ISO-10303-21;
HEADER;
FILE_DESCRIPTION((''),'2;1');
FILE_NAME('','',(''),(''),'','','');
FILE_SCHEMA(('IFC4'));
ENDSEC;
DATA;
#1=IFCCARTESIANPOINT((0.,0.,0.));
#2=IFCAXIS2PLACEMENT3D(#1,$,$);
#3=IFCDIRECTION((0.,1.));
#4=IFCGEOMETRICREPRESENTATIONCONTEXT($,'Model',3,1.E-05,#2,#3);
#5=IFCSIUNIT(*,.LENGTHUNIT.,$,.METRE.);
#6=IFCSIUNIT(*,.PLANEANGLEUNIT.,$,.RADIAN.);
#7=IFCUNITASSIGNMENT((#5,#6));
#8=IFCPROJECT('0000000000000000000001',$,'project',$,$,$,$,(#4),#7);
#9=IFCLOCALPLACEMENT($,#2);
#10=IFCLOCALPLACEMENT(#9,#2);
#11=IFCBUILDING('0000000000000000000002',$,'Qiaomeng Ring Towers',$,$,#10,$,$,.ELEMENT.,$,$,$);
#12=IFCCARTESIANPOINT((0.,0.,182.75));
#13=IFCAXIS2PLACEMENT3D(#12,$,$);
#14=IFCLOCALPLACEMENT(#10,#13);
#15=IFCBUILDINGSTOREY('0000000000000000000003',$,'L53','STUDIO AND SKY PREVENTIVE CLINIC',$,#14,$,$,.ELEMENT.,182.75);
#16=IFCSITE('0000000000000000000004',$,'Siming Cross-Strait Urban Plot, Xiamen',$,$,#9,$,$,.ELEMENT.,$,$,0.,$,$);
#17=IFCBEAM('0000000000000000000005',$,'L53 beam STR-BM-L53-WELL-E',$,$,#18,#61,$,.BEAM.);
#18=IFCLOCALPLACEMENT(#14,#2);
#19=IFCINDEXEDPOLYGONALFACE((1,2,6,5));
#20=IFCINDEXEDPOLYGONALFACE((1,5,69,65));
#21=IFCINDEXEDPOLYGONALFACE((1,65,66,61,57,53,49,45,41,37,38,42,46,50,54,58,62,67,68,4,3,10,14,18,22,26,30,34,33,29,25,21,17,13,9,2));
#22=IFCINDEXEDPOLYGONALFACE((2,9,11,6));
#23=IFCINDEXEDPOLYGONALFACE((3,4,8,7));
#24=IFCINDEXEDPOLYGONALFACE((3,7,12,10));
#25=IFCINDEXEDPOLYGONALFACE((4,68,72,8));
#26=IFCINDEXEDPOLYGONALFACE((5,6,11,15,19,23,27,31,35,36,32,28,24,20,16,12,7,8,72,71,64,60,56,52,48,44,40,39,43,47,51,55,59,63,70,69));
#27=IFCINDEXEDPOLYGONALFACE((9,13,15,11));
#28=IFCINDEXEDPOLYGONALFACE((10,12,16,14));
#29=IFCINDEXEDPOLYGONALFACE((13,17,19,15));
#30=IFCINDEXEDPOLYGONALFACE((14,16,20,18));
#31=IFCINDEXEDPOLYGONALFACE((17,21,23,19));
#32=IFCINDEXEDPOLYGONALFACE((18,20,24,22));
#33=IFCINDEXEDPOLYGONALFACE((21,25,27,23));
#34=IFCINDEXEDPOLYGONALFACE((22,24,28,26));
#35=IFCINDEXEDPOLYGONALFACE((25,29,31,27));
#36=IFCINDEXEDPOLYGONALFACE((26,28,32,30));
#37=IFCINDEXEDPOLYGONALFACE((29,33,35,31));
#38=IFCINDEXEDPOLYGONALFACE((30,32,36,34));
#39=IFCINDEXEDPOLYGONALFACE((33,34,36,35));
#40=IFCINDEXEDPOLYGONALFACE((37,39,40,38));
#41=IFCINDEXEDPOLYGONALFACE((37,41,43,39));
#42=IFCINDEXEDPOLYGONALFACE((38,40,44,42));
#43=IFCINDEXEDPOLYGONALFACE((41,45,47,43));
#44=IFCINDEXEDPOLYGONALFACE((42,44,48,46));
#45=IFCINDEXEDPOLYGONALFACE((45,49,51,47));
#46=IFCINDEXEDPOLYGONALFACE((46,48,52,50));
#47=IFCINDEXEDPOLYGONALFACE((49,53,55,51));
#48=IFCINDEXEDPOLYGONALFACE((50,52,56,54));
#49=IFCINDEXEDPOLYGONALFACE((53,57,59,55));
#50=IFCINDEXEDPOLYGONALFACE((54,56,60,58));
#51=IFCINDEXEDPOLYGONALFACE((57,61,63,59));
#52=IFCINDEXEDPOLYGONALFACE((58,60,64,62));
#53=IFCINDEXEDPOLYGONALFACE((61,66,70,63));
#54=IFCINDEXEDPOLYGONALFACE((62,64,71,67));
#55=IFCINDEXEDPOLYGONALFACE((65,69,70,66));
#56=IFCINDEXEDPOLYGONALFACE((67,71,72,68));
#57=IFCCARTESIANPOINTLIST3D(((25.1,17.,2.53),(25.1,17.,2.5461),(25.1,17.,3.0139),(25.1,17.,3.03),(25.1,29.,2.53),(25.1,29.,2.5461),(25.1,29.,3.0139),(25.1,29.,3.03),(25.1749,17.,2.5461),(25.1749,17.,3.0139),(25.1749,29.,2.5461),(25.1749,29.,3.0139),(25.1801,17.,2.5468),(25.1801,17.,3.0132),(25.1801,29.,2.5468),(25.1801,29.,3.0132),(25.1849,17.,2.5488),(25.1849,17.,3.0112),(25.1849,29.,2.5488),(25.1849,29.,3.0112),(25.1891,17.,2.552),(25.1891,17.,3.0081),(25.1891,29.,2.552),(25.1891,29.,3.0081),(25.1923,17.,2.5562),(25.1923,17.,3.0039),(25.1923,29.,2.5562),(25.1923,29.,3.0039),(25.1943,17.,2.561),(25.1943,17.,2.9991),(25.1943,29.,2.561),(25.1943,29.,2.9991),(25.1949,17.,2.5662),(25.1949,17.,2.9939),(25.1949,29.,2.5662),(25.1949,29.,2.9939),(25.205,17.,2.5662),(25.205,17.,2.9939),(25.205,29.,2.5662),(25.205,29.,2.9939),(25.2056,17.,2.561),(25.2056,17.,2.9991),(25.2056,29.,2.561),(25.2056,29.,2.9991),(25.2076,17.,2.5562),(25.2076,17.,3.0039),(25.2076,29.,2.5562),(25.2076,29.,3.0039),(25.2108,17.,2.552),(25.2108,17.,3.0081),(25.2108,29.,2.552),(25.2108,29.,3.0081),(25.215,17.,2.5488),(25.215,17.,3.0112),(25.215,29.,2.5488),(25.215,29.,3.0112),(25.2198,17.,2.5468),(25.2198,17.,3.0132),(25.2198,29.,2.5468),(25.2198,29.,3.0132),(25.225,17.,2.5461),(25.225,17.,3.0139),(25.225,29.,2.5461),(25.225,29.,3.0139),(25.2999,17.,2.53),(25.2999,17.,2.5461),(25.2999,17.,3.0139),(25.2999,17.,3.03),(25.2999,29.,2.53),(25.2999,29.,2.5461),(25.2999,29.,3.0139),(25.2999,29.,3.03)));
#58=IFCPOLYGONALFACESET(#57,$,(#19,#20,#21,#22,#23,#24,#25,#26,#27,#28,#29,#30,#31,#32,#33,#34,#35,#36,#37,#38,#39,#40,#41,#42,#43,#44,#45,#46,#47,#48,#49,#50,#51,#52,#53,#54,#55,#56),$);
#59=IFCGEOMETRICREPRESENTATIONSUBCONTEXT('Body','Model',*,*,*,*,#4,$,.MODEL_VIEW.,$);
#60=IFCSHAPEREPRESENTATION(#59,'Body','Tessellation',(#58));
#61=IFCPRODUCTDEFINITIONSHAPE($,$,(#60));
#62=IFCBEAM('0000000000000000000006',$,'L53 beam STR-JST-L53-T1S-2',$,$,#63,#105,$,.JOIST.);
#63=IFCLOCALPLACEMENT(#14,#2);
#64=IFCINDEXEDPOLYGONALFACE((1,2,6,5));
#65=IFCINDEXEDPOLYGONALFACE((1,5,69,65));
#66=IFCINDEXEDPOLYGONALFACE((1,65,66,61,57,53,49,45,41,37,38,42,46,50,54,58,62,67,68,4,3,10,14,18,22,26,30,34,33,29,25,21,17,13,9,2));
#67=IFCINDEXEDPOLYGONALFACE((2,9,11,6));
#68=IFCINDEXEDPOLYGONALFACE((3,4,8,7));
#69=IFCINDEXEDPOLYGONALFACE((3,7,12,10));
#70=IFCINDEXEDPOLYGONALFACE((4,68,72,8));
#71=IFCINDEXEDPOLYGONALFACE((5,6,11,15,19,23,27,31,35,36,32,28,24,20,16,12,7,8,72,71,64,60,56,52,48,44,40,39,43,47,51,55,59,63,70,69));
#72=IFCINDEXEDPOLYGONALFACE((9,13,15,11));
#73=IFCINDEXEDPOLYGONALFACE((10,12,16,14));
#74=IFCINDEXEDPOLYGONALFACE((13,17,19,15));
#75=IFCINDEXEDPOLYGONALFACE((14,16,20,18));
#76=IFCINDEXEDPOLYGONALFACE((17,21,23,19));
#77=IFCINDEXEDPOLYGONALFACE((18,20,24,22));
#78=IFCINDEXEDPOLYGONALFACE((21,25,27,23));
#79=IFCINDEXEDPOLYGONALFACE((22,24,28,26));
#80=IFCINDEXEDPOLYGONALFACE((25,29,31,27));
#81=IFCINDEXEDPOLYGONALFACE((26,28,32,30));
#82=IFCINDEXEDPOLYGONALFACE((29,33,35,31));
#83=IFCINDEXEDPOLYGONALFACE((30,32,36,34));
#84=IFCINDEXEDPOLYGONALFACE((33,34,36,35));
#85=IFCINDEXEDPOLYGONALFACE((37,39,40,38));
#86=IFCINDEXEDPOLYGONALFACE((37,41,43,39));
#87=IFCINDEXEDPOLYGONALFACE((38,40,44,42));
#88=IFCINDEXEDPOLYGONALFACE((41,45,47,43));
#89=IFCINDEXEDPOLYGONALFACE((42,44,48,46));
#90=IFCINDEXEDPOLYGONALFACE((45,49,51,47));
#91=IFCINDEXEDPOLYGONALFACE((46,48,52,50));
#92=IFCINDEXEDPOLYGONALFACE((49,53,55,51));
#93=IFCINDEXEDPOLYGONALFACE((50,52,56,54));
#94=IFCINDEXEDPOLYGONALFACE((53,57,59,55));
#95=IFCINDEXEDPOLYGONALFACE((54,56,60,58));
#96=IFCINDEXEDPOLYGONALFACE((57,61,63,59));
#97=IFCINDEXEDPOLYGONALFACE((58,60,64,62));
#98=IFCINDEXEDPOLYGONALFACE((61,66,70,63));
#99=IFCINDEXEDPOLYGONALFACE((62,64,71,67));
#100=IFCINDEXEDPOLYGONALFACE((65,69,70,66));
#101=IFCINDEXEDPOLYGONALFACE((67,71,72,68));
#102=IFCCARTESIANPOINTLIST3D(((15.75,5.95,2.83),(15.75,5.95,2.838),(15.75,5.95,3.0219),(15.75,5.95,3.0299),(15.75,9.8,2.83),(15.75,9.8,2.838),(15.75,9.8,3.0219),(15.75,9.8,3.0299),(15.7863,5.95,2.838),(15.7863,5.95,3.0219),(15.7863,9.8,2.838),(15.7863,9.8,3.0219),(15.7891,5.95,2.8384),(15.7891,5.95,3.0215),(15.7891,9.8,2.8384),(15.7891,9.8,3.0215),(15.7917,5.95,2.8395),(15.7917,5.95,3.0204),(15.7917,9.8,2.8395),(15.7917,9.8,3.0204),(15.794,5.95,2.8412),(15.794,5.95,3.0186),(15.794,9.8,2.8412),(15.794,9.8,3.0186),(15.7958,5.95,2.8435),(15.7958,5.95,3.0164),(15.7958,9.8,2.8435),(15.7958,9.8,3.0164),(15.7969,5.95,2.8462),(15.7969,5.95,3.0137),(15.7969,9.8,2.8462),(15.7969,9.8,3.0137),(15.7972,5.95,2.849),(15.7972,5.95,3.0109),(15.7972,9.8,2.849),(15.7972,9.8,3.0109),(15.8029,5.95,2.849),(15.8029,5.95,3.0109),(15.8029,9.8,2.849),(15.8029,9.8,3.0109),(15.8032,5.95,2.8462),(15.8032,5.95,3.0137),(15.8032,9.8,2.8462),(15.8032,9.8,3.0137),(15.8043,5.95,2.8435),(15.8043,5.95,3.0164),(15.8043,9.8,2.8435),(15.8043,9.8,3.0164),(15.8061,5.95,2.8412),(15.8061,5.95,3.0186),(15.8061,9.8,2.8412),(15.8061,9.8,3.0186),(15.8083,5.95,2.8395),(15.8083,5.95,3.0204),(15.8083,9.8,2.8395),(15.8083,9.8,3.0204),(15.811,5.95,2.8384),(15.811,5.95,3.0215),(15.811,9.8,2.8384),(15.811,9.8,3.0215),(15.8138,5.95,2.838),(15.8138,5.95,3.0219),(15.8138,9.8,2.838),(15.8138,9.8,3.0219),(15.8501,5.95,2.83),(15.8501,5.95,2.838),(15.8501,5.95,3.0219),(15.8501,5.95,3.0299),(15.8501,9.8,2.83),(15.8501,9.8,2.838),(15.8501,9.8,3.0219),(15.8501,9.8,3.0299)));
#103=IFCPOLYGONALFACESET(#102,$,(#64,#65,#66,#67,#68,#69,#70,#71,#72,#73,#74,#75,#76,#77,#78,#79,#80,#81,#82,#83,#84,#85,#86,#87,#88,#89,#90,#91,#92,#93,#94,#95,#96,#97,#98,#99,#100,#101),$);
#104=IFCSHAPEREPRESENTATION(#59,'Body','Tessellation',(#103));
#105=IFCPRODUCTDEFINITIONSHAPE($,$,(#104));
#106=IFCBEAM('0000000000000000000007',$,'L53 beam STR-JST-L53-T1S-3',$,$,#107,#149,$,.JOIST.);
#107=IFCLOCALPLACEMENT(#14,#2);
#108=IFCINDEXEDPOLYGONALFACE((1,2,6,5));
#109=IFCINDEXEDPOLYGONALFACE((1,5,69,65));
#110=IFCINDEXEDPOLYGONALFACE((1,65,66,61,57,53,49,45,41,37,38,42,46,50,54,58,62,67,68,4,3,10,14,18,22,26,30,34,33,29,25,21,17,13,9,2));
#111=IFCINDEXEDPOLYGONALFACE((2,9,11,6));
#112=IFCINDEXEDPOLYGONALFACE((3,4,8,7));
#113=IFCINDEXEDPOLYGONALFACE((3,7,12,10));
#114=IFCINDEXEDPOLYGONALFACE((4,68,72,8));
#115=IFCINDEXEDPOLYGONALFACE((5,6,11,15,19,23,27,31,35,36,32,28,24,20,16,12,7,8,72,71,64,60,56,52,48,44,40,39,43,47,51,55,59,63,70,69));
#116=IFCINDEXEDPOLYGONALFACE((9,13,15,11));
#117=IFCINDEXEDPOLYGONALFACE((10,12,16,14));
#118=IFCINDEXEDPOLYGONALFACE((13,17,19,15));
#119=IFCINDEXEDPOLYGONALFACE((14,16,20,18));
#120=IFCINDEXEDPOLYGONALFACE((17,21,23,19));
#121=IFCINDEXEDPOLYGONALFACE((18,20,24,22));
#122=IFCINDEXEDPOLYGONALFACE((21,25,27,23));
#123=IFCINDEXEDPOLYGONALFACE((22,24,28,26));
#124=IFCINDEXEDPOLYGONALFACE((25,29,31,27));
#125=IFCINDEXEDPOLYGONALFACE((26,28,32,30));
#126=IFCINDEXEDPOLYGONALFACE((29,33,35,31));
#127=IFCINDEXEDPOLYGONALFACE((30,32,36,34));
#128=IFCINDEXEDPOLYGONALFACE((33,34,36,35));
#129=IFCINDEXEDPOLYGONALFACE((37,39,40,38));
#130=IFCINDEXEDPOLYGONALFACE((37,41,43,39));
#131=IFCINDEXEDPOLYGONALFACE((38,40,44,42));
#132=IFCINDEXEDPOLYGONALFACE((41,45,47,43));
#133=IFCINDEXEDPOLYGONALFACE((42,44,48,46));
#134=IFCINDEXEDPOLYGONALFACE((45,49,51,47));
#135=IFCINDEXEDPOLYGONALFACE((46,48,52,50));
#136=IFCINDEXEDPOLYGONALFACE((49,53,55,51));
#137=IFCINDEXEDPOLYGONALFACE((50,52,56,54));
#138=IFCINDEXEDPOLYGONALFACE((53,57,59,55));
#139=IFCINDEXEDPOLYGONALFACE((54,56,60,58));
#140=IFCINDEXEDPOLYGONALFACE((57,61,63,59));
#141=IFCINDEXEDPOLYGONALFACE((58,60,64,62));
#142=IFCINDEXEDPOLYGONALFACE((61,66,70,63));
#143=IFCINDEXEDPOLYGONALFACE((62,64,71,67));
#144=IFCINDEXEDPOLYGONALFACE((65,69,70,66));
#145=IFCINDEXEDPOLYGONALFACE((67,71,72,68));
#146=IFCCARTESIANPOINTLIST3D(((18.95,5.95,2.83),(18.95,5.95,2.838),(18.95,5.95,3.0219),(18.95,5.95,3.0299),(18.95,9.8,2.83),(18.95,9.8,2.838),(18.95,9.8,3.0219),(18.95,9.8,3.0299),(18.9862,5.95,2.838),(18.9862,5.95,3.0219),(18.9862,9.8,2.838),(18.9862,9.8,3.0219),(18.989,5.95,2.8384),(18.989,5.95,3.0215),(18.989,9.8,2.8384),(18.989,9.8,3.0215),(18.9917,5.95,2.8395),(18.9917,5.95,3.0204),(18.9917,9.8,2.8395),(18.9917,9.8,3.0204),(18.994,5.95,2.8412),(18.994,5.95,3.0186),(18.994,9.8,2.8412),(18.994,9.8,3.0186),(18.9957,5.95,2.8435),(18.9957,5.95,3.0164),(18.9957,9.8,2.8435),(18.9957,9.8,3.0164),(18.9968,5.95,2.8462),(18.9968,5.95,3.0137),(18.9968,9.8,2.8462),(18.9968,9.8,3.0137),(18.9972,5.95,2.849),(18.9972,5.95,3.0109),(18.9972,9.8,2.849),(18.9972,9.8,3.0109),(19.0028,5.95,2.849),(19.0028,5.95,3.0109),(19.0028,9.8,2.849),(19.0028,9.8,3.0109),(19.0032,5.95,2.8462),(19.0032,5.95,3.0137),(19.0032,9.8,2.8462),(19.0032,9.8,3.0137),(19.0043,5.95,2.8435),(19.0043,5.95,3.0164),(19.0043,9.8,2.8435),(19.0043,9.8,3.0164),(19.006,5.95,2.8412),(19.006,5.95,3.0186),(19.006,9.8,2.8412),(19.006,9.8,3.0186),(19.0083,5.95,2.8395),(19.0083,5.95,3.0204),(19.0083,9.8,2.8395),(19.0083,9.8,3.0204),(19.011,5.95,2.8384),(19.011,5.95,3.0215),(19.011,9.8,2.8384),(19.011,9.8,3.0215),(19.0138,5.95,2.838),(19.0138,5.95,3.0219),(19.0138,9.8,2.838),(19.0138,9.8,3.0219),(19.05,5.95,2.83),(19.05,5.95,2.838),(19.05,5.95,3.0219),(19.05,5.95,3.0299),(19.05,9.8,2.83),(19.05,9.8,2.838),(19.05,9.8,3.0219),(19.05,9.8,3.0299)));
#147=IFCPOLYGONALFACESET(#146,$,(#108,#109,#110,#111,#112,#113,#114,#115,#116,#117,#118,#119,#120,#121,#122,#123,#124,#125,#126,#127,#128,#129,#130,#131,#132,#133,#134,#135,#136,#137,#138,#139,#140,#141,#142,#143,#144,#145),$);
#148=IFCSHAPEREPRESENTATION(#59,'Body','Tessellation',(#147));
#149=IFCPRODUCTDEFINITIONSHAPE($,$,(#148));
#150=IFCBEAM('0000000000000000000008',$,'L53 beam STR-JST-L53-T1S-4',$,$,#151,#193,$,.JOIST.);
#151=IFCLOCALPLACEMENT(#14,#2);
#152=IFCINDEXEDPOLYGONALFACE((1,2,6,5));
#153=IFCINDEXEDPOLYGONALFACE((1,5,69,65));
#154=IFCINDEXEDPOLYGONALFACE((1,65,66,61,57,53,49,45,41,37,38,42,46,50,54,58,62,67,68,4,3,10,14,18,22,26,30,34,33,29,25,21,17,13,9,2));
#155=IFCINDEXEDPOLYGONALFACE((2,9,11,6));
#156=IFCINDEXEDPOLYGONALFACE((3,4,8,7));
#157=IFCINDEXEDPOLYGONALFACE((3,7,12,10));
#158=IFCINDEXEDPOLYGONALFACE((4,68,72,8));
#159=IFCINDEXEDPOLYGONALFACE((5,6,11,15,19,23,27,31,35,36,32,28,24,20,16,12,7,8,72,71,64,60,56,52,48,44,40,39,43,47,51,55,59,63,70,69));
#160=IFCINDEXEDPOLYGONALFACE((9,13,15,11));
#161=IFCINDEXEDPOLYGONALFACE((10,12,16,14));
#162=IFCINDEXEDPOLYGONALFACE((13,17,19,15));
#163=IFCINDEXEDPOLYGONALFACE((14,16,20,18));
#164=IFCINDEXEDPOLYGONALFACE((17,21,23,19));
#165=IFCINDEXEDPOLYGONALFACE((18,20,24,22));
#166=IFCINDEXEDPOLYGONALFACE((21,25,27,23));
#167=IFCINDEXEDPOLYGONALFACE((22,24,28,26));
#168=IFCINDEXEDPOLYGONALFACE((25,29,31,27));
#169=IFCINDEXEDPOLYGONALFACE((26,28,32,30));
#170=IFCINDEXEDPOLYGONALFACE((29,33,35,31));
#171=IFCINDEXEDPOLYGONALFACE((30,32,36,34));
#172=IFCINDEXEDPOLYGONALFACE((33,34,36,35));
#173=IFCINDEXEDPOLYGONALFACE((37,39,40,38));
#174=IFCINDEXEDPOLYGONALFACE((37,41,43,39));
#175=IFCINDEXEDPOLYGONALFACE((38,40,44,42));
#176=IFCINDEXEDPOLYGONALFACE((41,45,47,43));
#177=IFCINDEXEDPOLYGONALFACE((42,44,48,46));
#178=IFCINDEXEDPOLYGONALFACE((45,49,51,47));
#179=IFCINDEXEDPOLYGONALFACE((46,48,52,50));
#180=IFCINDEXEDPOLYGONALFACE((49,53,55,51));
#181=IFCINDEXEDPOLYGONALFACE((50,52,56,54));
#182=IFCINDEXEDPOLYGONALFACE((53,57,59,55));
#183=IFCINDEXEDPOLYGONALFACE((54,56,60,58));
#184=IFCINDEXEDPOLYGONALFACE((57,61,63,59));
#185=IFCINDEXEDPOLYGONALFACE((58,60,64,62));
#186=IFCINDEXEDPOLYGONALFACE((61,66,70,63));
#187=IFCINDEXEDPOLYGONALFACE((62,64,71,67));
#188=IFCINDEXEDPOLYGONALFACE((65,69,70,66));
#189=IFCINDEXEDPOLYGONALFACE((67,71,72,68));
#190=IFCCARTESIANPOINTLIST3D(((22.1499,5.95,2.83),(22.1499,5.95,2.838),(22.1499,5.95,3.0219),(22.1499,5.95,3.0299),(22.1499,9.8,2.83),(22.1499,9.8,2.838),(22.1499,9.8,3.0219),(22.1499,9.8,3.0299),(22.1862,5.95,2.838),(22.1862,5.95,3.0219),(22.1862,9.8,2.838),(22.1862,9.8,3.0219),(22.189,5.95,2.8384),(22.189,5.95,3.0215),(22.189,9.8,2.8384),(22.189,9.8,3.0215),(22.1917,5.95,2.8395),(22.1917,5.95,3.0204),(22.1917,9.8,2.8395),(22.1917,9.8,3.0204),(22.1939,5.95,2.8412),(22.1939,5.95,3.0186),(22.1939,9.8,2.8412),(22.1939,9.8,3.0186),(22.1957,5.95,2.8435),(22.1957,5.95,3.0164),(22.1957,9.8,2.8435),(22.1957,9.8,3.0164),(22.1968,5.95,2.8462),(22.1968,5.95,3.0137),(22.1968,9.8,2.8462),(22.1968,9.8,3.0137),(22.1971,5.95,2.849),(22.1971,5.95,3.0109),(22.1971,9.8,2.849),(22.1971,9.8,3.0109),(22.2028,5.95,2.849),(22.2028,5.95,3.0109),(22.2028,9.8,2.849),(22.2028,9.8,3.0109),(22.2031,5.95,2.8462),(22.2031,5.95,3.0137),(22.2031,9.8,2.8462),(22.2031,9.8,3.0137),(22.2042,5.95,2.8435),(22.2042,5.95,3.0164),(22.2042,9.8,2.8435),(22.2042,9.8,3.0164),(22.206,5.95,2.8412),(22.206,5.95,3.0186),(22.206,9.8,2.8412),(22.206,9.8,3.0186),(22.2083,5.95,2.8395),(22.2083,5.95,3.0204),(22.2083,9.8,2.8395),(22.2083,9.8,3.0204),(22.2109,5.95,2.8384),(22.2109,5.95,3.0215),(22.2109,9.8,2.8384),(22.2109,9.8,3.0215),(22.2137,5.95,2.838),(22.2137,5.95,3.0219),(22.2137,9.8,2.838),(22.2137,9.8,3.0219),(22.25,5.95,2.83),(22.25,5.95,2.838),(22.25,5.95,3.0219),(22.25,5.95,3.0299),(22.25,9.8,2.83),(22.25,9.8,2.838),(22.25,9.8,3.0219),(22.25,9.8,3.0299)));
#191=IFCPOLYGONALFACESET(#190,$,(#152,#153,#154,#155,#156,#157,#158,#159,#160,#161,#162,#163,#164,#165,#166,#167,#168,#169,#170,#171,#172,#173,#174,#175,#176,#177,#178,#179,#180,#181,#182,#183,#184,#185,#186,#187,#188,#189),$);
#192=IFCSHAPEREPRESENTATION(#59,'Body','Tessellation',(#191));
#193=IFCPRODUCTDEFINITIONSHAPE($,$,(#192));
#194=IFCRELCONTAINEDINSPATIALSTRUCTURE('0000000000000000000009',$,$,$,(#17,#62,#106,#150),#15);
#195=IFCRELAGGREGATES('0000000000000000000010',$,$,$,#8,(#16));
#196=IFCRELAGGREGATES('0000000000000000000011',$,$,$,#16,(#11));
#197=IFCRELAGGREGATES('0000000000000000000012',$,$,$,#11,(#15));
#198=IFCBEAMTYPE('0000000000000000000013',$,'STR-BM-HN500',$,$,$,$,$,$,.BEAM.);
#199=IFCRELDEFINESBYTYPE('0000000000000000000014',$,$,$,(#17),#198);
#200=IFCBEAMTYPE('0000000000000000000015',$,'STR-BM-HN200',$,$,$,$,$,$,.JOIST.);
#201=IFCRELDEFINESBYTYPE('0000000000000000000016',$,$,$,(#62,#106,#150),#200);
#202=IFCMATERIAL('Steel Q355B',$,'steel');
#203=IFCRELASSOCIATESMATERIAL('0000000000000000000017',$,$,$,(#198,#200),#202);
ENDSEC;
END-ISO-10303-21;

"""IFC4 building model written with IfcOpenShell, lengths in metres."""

from ifc_helpers import new_model, si_unit, direction, frame, origin, origin_2d, place, context, subcontext, project, spatial, i_section, extrude, source, transform, mapped, material, material_profile, profile_set, type_object, element, save


model = new_model("IFC4")

# Units and contexts
model_context = context("Model", 3, precision=1e-05, world=origin(), true_north=direction((0.0, 1.0)))
body_context = subcontext(model_context, "Body", "Model", "MODEL_VIEW")
ifc_project = project(units=[si_unit("LENGTHUNIT", "METRE"), si_unit("PLANEANGLEUNIT", "RADIAN")], contexts=[model_context])

# Site, building, storey
site_placement = place(None, origin())
site = spatial("IfcSite", under=ifc_project, at=site_placement, Name="Siming Cross-Strait Urban Plot, Xiamen", CompositionType="ELEMENT", RefElevation=0.0)
building_placement = place(site_placement, origin())
building = spatial("IfcBuilding", under=site, at=building_placement, Name="Qiaomeng Ring Towers", CompositionType="ELEMENT")
storey_placement = place(building_placement, frame((0.0, 0.0, 182.75)))
storey = spatial("IfcBuildingStorey", under=building, at=storey_placement, Name="L53", Description="STUDIO AND SKY PREVENTIVE CLINIC", CompositionType="ELEMENT", Elevation=182.75)

# Beams
ifc_material_1 = material(Name="Steel Q355B", Category="steel")
ifc_material_profile_1 = material_profile(ifc_material_1, i_section(OverallWidth=0.2, OverallDepth=0.5, WebThickness=0.01, FlangeThickness=0.0161, FilletRadius=0.02, at=origin_2d()), Name="HN 500x200x10x16")
ifc_profile_set_1 = profile_set([ifc_material_profile_1], Name="Steel Q355B")
beam_type_1 = type_object("IfcBeamType", Name="STR-BM-HN500", PredefinedType="BEAM", material=ifc_profile_set_1)
shared_shape_1 = source(origin(), body_context, "Body", "SweptSolid", [
    extrude(i_section(OverallWidth=0.2, OverallDepth=0.5, WebThickness=0.01, FlangeThickness=0.0161, FilletRadius=0.02, at=origin_2d()), origin(), (0.0, 0.0, 1.0), 12.0),
])
beam_placement = place(storey_placement, frame((25.2, 17.0, 2.78), z_axis=(0.0, 1.0, 0.0), x_axis=(-1.0, 0.0, 0.0)))
element("IfcBeam", 1, at=beam_placement, inside=storey, type_object=beam_type_1, Name="L53 beam STR-BM-L53-WELL-E", PredefinedType="BEAM", context=body_context, shape_type="MappedRepresentation", body=[
    mapped(shared_shape_1, transform((0.0, 0.0, 0.0), x_axis=(1.0, 0.0, 0.0), y_axis=(0.0, 1.0, 0.0), z_axis=(0.0, 0.0, 1.0), scale=1.0)),
])
ifc_material_profile_2 = material_profile(ifc_material_1, i_section(OverallWidth=0.1001, OverallDepth=0.2, WebThickness=0.0056, FlangeThickness=0.0081, FilletRadius=0.011, at=origin_2d()), Name="HN 200x100x5.5x8")
ifc_profile_set_2 = profile_set([ifc_material_profile_2], Name="Steel Q355B")
beam_type_2 = type_object("IfcBeamType", Name="STR-BM-HN200", PredefinedType="JOIST", material=ifc_profile_set_2)
shared_shape_2 = source(origin(), body_context, "Body", "SweptSolid", [
    extrude(i_section(OverallWidth=0.1001, OverallDepth=0.2, WebThickness=0.0056, FlangeThickness=0.0081, FilletRadius=0.011, at=origin_2d()), origin(), (0.0, 0.0, 1.0), 3.8501),
])
for number, where, z_axis, x_axis, name in (
    (2, (15.8, 5.95, 2.9299), (0.0, 1.0, 0.0), (-1.0, 0.0, 0.0), "L53 beam STR-JST-L53-T1S-2"),
    (3, (19.0, 5.95, 2.9299), (0.0, 1.0, 0.0), (-1.0, 0.0, 0.0), "L53 beam STR-JST-L53-T1S-3"),
    (4, (22.2, 5.95, 2.9299), (0.0, 1.0, 0.0), (-1.0, 0.0, 0.0), "L53 beam STR-JST-L53-T1S-4"),
):
    element("IfcBeam", number, at=place(storey_placement, frame(where, z_axis=z_axis, x_axis=x_axis)), inside=storey, type_object=beam_type_2, Name=name, PredefinedType="JOIST", context=body_context, shape_type="MappedRepresentation", body=[
        mapped(shared_shape_2, transform((0.0, 0.0, 0.0), x_axis=(1.0, 0.0, 0.0), y_axis=(0.0, 1.0, 0.0), z_axis=(0.0, 0.0, 1.0), scale=1.0)),
    ])

save(model, "model.ifc")
